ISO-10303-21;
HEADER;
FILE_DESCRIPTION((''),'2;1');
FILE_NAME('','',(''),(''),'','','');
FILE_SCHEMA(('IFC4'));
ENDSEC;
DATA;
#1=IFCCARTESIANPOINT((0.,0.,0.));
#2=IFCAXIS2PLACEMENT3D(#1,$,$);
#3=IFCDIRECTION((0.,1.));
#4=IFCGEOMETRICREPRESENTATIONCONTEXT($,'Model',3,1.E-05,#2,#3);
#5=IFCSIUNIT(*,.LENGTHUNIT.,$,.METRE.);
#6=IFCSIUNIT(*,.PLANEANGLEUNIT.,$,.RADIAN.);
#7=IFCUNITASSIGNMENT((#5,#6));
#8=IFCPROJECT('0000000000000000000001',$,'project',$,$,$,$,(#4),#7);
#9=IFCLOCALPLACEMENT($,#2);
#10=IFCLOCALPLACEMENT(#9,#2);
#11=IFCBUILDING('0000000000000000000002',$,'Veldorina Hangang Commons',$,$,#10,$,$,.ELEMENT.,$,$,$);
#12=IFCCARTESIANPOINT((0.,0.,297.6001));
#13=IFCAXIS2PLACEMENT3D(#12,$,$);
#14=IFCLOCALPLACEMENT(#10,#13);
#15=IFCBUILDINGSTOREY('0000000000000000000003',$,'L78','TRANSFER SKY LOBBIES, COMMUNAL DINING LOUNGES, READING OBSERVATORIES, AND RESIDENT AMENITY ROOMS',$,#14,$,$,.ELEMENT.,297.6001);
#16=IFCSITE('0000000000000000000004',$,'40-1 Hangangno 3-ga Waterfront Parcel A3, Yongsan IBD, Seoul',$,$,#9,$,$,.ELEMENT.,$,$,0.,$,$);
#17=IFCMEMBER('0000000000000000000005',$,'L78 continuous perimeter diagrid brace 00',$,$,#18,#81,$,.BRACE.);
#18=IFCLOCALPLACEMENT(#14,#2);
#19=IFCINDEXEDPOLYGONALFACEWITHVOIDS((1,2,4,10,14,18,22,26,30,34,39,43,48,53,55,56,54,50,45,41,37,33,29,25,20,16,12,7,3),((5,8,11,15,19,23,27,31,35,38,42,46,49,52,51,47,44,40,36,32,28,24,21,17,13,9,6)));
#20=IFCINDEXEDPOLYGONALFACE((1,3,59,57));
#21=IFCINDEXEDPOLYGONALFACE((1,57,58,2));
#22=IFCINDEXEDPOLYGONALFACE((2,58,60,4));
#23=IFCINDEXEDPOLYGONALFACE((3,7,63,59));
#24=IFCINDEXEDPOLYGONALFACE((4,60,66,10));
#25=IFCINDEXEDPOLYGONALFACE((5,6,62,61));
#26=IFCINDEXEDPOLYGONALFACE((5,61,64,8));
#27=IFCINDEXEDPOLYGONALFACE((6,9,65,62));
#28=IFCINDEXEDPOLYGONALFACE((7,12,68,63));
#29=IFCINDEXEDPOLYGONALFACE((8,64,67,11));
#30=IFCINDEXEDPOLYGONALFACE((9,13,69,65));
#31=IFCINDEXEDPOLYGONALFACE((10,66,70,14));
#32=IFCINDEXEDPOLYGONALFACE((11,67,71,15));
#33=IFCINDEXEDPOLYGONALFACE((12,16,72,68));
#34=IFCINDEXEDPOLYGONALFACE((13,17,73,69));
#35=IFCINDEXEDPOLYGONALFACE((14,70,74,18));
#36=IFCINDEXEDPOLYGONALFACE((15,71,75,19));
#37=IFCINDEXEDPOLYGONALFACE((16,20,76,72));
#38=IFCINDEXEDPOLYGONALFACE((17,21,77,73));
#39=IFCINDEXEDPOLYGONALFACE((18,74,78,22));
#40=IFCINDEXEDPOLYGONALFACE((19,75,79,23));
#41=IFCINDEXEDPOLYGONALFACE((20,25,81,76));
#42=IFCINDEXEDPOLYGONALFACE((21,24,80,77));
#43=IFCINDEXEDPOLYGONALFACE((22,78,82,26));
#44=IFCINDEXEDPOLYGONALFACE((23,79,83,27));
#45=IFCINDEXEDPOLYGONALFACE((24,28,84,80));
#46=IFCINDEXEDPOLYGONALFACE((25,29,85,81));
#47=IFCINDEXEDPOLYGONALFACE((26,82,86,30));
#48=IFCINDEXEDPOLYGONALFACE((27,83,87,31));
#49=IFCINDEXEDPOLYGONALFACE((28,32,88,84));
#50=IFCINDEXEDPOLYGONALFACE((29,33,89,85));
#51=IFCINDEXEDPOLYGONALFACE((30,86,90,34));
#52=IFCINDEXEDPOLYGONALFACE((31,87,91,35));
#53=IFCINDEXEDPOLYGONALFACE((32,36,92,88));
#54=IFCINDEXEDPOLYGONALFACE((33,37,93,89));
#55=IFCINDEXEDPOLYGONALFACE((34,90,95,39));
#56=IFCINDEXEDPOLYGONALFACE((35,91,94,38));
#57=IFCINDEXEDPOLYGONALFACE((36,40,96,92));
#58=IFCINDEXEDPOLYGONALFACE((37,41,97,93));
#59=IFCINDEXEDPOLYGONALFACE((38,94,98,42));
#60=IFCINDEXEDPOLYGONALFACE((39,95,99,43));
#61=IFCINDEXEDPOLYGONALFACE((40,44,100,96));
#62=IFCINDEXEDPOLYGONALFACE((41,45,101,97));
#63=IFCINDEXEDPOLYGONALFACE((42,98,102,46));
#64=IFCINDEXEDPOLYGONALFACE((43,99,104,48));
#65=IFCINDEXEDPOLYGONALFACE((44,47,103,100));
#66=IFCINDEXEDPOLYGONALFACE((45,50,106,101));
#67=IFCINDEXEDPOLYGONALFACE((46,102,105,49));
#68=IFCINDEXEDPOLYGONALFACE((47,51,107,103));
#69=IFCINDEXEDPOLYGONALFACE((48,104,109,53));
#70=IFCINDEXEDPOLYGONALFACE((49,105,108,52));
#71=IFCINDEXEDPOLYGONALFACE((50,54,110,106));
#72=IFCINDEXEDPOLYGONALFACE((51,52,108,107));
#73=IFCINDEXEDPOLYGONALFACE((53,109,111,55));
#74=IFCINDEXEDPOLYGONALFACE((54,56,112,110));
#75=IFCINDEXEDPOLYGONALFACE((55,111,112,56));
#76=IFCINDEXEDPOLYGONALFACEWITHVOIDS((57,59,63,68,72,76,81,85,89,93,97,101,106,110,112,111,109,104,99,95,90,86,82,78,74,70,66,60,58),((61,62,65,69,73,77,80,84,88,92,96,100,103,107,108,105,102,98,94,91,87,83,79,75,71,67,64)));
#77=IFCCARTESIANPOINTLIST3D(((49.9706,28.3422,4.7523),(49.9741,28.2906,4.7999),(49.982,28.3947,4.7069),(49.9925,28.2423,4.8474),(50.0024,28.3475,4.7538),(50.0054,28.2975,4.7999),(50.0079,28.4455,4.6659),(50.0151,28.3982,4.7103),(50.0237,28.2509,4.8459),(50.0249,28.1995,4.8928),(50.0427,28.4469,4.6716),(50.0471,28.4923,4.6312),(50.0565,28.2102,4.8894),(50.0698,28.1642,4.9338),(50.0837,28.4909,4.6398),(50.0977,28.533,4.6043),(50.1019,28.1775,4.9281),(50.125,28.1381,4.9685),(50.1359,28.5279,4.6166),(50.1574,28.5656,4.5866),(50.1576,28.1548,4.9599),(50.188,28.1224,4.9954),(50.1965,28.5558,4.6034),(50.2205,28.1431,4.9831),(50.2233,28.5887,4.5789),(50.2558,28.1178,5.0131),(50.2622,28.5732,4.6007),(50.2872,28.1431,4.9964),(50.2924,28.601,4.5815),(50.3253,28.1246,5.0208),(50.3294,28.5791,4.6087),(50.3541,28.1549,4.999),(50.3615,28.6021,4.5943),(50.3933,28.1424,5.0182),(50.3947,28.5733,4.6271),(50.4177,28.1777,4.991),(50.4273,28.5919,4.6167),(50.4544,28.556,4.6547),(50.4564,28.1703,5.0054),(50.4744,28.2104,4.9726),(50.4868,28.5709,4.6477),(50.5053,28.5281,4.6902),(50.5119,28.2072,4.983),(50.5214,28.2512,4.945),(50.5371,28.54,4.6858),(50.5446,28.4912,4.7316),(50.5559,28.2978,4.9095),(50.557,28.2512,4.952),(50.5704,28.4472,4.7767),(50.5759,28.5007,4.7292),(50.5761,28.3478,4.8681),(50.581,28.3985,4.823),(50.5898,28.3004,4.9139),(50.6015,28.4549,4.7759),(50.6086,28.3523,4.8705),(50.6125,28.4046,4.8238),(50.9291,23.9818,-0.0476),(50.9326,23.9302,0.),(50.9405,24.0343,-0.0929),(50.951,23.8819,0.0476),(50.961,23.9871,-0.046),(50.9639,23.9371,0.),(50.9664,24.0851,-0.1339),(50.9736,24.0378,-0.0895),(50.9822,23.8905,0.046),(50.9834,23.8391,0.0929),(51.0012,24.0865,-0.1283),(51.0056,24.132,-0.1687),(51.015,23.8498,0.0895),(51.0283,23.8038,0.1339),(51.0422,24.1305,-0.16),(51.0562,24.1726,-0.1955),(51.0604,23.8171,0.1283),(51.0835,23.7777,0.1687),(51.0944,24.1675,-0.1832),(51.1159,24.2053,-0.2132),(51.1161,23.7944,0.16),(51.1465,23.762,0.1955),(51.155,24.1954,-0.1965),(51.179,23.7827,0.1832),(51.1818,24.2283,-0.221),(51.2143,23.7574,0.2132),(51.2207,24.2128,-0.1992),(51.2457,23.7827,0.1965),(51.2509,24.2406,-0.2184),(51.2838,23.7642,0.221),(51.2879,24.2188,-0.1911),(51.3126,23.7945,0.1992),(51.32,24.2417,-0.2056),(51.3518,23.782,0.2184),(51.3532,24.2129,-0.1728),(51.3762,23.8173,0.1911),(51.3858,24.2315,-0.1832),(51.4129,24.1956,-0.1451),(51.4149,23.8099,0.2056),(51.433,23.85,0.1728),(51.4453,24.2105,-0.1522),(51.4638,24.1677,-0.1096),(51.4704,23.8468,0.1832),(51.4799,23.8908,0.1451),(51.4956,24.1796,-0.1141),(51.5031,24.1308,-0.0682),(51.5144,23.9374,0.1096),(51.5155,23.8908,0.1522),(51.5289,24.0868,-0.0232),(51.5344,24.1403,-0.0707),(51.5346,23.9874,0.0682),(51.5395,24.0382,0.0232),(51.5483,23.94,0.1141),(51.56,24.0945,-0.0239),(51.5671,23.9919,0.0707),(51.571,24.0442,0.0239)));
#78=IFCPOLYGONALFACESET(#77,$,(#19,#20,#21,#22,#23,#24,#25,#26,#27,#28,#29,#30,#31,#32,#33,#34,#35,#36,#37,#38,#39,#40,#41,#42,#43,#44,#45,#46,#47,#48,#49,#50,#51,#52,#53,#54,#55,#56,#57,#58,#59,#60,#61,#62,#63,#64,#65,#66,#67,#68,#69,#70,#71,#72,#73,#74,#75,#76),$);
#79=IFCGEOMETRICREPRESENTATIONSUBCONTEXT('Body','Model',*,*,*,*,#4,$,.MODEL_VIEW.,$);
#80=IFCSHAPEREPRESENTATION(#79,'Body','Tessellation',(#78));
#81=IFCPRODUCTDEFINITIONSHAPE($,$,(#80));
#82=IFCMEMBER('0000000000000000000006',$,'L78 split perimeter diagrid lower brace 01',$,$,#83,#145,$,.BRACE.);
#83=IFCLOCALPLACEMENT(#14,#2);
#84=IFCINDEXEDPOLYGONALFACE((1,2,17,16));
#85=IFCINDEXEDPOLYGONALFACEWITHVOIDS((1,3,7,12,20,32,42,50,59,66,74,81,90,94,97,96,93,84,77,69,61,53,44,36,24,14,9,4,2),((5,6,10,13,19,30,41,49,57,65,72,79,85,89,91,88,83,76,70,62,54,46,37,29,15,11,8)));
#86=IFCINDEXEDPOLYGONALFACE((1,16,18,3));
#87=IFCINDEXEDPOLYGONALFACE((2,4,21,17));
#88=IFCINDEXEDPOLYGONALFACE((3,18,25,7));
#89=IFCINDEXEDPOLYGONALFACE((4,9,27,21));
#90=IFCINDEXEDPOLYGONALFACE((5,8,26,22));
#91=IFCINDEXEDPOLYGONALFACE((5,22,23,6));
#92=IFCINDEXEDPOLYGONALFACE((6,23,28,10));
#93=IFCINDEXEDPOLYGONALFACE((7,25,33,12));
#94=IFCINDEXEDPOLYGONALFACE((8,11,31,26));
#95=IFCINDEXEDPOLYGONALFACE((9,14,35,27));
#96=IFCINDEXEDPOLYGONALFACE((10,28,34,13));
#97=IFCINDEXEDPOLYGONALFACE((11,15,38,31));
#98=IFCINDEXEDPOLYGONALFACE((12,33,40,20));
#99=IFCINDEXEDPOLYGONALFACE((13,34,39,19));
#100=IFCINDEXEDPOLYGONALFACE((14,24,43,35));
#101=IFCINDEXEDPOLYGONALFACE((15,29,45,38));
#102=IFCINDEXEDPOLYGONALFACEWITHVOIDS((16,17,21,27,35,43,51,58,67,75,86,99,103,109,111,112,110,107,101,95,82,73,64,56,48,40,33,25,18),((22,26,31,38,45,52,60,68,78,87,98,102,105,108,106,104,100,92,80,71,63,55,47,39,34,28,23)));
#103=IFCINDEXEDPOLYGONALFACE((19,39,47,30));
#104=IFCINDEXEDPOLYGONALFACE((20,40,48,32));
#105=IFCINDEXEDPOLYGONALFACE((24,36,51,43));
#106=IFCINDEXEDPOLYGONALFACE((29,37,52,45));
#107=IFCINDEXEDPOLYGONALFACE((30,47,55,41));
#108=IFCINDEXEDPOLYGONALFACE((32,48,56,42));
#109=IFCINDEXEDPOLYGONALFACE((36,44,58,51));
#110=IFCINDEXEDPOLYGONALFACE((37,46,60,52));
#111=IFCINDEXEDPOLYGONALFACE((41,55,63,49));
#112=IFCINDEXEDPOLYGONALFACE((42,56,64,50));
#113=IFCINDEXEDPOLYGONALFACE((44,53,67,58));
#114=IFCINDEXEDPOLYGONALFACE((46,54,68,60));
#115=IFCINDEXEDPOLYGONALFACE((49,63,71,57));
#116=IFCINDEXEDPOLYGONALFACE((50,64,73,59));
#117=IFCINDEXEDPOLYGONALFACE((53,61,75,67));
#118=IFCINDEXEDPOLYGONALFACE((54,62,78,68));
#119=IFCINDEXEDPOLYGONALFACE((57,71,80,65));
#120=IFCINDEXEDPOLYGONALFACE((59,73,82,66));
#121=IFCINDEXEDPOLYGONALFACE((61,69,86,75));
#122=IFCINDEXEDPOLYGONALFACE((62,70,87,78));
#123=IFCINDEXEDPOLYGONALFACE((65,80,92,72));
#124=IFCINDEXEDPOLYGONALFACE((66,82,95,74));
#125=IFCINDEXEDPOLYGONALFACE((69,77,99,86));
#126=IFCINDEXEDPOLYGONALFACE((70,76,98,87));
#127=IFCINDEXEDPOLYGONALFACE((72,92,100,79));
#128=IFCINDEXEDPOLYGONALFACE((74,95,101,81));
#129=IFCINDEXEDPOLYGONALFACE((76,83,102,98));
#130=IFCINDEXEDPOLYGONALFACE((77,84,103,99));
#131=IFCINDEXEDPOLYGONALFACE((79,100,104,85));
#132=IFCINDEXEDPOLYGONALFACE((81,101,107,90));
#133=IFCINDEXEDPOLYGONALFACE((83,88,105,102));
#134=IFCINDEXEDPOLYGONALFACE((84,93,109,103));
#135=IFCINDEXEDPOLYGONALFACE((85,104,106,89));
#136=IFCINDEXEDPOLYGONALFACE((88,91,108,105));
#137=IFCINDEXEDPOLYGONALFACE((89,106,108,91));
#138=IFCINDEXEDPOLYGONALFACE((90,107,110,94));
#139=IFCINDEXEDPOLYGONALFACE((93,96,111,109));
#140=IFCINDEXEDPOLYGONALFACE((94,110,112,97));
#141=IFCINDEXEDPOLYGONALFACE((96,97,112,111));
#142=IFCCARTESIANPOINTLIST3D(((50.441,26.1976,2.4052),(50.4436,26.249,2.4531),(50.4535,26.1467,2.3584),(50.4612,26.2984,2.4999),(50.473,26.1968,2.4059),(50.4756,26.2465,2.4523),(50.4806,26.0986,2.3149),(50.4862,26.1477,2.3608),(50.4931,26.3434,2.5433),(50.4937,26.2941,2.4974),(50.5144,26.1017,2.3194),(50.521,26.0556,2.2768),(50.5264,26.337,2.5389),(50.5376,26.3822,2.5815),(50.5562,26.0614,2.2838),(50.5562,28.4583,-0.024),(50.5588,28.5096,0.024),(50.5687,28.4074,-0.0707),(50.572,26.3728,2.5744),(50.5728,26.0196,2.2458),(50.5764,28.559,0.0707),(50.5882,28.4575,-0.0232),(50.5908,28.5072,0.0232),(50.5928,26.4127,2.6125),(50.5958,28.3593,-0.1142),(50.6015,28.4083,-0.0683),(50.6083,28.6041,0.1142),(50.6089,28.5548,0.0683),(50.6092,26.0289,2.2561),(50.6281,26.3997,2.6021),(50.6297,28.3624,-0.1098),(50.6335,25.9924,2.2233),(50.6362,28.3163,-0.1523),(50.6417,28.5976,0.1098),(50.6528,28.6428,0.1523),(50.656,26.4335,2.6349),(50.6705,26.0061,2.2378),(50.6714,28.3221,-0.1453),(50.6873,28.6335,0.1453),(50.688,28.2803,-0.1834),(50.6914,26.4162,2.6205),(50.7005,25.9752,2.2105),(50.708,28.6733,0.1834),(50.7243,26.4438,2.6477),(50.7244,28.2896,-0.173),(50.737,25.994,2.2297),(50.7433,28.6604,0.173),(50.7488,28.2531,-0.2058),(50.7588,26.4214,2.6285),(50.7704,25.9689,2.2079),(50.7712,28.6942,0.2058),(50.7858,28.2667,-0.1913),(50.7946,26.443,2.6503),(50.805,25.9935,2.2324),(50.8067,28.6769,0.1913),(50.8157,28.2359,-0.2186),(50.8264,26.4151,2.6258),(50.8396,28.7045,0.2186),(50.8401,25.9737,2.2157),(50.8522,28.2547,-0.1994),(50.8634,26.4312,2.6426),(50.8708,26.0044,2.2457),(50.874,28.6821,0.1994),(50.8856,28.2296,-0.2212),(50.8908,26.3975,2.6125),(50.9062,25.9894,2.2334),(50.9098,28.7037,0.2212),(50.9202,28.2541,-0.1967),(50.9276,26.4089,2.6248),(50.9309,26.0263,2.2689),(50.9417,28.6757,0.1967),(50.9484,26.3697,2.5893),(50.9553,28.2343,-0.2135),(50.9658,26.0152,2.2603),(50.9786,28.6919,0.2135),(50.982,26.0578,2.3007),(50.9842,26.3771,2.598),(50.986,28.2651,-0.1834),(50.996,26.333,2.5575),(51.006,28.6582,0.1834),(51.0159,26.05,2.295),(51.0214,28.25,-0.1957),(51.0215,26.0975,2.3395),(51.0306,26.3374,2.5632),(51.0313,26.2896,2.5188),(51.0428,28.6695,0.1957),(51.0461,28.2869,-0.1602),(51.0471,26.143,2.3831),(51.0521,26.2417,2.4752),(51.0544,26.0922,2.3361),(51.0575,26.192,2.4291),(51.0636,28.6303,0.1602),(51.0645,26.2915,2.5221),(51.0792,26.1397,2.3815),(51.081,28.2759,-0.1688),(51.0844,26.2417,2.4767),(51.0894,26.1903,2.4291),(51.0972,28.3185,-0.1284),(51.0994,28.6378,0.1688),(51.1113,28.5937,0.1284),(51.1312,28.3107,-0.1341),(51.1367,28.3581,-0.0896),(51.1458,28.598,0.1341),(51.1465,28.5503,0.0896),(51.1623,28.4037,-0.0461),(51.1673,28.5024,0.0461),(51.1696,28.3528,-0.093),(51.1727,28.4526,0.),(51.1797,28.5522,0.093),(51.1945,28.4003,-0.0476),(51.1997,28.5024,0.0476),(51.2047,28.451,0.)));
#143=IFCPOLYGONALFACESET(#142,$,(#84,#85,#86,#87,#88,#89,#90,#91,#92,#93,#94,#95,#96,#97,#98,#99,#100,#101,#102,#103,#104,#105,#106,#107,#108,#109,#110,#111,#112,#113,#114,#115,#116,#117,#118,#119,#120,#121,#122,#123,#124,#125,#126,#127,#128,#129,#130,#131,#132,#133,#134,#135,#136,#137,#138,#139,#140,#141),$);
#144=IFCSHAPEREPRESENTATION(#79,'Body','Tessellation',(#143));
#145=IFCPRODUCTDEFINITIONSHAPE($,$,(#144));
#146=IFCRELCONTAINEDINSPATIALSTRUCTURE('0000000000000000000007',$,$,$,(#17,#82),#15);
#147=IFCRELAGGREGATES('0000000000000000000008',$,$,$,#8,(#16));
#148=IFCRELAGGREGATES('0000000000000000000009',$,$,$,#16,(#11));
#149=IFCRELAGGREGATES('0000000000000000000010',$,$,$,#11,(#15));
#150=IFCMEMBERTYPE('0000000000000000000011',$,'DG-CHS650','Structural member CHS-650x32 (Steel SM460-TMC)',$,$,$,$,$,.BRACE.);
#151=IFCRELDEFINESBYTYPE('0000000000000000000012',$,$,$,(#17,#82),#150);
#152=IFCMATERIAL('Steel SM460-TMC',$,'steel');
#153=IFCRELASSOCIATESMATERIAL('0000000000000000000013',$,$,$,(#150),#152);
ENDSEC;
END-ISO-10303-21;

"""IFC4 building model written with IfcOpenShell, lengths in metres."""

from ifc_helpers import new_model, si_unit, direction, frame, origin, origin_2d, place, context, subcontext, project, spatial, hollow_circle, extrude, material, material_profile, profile_set, type_object, element, save


model = new_model("IFC4")

# Units and contexts
model_context = context("Model", 3, precision=1e-05, world=origin(), true_north=direction((0.0, 1.0)))
body_context = subcontext(model_context, "Body", "Model", "MODEL_VIEW")
ifc_project = project(units=[si_unit("LENGTHUNIT", "METRE"), si_unit("PLANEANGLEUNIT", "RADIAN")], contexts=[model_context])

# Site, building, storey
site_placement = place(None, origin())
site = spatial("IfcSite", under=ifc_project, at=site_placement, Name="40-1 Hangangno 3-ga Waterfront Parcel A3, Yongsan IBD, Seoul", CompositionType="ELEMENT", RefElevation=0.0)
building_placement = place(site_placement, origin())
building = spatial("IfcBuilding", under=site, at=building_placement, Name="Veldorina Hangang Commons", CompositionType="ELEMENT")
storey_placement = place(building_placement, frame((0.0, 0.0, 297.6001)))
storey = spatial("IfcBuildingStorey", under=building, at=storey_placement, Name="L78", Description="TRANSFER SKY LOBBIES, COMMUNAL DINING LOUNGES, READING OBSERVATORIES, AND RESIDENT AMENITY ROOMS", CompositionType="ELEMENT", Elevation=297.6001)

# Shared definitions
ifc_material_1 = material(Name="Steel SM460-TMC", Category="steel")

# Members
ifc_material_profile_1 = material_profile(ifc_material_1, hollow_circle(Radius=0.325, WallThickness=0.032, at=origin_2d()), Name="CHS-650x32")
ifc_profile_set_1 = profile_set([ifc_material_profile_1], Name="Steel SM460-TMC")
member_type_1 = type_object("IfcMemberType", Name="DG-CHS650", Description="Structural member CHS-650x32 (Steel SM460-TMC)", PredefinedType="BRACE", material=ifc_profile_set_1)
member_1_placement = place(storey_placement, frame((51.25, 24.0, 0.0), z_axis=(-0.146221, 0.665183, 0.732223), x_axis=(-0.976681, -0.214695, 0.0)))
element("IfcMember", 1, at=member_1_placement, inside=storey, type_object=member_type_1, Name="L78 continuous perimeter diagrid brace 00", PredefinedType="BRACE", context=body_context, shape_type="SweptSolid", body=[
    extrude(hollow_circle(Radius=0.325, WallThickness=0.032, at=origin_2d()), origin(), (0.0, 0.0, 1.0), 6.5552),
])
member_2_placement = place(storey_placement, frame((50.8801, 28.4675, 0.0), z_axis=(-0.034705, -0.680859, 0.731592), x_axis=(0.998703, -0.050906, 0.0)))
element("IfcMember", 2, at=member_2_placement, inside=storey, type_object=member_type_1, Name="L78 split perimeter diagrid lower brace 01", PredefinedType="BRACE", context=body_context, shape_type="SweptSolid", body=[
    extrude(hollow_circle(Radius=0.325, WallThickness=0.032, at=origin_2d()), origin(), (0.0, 0.0, 1.0), 3.3203),
])

save(model, "model.ifc")
